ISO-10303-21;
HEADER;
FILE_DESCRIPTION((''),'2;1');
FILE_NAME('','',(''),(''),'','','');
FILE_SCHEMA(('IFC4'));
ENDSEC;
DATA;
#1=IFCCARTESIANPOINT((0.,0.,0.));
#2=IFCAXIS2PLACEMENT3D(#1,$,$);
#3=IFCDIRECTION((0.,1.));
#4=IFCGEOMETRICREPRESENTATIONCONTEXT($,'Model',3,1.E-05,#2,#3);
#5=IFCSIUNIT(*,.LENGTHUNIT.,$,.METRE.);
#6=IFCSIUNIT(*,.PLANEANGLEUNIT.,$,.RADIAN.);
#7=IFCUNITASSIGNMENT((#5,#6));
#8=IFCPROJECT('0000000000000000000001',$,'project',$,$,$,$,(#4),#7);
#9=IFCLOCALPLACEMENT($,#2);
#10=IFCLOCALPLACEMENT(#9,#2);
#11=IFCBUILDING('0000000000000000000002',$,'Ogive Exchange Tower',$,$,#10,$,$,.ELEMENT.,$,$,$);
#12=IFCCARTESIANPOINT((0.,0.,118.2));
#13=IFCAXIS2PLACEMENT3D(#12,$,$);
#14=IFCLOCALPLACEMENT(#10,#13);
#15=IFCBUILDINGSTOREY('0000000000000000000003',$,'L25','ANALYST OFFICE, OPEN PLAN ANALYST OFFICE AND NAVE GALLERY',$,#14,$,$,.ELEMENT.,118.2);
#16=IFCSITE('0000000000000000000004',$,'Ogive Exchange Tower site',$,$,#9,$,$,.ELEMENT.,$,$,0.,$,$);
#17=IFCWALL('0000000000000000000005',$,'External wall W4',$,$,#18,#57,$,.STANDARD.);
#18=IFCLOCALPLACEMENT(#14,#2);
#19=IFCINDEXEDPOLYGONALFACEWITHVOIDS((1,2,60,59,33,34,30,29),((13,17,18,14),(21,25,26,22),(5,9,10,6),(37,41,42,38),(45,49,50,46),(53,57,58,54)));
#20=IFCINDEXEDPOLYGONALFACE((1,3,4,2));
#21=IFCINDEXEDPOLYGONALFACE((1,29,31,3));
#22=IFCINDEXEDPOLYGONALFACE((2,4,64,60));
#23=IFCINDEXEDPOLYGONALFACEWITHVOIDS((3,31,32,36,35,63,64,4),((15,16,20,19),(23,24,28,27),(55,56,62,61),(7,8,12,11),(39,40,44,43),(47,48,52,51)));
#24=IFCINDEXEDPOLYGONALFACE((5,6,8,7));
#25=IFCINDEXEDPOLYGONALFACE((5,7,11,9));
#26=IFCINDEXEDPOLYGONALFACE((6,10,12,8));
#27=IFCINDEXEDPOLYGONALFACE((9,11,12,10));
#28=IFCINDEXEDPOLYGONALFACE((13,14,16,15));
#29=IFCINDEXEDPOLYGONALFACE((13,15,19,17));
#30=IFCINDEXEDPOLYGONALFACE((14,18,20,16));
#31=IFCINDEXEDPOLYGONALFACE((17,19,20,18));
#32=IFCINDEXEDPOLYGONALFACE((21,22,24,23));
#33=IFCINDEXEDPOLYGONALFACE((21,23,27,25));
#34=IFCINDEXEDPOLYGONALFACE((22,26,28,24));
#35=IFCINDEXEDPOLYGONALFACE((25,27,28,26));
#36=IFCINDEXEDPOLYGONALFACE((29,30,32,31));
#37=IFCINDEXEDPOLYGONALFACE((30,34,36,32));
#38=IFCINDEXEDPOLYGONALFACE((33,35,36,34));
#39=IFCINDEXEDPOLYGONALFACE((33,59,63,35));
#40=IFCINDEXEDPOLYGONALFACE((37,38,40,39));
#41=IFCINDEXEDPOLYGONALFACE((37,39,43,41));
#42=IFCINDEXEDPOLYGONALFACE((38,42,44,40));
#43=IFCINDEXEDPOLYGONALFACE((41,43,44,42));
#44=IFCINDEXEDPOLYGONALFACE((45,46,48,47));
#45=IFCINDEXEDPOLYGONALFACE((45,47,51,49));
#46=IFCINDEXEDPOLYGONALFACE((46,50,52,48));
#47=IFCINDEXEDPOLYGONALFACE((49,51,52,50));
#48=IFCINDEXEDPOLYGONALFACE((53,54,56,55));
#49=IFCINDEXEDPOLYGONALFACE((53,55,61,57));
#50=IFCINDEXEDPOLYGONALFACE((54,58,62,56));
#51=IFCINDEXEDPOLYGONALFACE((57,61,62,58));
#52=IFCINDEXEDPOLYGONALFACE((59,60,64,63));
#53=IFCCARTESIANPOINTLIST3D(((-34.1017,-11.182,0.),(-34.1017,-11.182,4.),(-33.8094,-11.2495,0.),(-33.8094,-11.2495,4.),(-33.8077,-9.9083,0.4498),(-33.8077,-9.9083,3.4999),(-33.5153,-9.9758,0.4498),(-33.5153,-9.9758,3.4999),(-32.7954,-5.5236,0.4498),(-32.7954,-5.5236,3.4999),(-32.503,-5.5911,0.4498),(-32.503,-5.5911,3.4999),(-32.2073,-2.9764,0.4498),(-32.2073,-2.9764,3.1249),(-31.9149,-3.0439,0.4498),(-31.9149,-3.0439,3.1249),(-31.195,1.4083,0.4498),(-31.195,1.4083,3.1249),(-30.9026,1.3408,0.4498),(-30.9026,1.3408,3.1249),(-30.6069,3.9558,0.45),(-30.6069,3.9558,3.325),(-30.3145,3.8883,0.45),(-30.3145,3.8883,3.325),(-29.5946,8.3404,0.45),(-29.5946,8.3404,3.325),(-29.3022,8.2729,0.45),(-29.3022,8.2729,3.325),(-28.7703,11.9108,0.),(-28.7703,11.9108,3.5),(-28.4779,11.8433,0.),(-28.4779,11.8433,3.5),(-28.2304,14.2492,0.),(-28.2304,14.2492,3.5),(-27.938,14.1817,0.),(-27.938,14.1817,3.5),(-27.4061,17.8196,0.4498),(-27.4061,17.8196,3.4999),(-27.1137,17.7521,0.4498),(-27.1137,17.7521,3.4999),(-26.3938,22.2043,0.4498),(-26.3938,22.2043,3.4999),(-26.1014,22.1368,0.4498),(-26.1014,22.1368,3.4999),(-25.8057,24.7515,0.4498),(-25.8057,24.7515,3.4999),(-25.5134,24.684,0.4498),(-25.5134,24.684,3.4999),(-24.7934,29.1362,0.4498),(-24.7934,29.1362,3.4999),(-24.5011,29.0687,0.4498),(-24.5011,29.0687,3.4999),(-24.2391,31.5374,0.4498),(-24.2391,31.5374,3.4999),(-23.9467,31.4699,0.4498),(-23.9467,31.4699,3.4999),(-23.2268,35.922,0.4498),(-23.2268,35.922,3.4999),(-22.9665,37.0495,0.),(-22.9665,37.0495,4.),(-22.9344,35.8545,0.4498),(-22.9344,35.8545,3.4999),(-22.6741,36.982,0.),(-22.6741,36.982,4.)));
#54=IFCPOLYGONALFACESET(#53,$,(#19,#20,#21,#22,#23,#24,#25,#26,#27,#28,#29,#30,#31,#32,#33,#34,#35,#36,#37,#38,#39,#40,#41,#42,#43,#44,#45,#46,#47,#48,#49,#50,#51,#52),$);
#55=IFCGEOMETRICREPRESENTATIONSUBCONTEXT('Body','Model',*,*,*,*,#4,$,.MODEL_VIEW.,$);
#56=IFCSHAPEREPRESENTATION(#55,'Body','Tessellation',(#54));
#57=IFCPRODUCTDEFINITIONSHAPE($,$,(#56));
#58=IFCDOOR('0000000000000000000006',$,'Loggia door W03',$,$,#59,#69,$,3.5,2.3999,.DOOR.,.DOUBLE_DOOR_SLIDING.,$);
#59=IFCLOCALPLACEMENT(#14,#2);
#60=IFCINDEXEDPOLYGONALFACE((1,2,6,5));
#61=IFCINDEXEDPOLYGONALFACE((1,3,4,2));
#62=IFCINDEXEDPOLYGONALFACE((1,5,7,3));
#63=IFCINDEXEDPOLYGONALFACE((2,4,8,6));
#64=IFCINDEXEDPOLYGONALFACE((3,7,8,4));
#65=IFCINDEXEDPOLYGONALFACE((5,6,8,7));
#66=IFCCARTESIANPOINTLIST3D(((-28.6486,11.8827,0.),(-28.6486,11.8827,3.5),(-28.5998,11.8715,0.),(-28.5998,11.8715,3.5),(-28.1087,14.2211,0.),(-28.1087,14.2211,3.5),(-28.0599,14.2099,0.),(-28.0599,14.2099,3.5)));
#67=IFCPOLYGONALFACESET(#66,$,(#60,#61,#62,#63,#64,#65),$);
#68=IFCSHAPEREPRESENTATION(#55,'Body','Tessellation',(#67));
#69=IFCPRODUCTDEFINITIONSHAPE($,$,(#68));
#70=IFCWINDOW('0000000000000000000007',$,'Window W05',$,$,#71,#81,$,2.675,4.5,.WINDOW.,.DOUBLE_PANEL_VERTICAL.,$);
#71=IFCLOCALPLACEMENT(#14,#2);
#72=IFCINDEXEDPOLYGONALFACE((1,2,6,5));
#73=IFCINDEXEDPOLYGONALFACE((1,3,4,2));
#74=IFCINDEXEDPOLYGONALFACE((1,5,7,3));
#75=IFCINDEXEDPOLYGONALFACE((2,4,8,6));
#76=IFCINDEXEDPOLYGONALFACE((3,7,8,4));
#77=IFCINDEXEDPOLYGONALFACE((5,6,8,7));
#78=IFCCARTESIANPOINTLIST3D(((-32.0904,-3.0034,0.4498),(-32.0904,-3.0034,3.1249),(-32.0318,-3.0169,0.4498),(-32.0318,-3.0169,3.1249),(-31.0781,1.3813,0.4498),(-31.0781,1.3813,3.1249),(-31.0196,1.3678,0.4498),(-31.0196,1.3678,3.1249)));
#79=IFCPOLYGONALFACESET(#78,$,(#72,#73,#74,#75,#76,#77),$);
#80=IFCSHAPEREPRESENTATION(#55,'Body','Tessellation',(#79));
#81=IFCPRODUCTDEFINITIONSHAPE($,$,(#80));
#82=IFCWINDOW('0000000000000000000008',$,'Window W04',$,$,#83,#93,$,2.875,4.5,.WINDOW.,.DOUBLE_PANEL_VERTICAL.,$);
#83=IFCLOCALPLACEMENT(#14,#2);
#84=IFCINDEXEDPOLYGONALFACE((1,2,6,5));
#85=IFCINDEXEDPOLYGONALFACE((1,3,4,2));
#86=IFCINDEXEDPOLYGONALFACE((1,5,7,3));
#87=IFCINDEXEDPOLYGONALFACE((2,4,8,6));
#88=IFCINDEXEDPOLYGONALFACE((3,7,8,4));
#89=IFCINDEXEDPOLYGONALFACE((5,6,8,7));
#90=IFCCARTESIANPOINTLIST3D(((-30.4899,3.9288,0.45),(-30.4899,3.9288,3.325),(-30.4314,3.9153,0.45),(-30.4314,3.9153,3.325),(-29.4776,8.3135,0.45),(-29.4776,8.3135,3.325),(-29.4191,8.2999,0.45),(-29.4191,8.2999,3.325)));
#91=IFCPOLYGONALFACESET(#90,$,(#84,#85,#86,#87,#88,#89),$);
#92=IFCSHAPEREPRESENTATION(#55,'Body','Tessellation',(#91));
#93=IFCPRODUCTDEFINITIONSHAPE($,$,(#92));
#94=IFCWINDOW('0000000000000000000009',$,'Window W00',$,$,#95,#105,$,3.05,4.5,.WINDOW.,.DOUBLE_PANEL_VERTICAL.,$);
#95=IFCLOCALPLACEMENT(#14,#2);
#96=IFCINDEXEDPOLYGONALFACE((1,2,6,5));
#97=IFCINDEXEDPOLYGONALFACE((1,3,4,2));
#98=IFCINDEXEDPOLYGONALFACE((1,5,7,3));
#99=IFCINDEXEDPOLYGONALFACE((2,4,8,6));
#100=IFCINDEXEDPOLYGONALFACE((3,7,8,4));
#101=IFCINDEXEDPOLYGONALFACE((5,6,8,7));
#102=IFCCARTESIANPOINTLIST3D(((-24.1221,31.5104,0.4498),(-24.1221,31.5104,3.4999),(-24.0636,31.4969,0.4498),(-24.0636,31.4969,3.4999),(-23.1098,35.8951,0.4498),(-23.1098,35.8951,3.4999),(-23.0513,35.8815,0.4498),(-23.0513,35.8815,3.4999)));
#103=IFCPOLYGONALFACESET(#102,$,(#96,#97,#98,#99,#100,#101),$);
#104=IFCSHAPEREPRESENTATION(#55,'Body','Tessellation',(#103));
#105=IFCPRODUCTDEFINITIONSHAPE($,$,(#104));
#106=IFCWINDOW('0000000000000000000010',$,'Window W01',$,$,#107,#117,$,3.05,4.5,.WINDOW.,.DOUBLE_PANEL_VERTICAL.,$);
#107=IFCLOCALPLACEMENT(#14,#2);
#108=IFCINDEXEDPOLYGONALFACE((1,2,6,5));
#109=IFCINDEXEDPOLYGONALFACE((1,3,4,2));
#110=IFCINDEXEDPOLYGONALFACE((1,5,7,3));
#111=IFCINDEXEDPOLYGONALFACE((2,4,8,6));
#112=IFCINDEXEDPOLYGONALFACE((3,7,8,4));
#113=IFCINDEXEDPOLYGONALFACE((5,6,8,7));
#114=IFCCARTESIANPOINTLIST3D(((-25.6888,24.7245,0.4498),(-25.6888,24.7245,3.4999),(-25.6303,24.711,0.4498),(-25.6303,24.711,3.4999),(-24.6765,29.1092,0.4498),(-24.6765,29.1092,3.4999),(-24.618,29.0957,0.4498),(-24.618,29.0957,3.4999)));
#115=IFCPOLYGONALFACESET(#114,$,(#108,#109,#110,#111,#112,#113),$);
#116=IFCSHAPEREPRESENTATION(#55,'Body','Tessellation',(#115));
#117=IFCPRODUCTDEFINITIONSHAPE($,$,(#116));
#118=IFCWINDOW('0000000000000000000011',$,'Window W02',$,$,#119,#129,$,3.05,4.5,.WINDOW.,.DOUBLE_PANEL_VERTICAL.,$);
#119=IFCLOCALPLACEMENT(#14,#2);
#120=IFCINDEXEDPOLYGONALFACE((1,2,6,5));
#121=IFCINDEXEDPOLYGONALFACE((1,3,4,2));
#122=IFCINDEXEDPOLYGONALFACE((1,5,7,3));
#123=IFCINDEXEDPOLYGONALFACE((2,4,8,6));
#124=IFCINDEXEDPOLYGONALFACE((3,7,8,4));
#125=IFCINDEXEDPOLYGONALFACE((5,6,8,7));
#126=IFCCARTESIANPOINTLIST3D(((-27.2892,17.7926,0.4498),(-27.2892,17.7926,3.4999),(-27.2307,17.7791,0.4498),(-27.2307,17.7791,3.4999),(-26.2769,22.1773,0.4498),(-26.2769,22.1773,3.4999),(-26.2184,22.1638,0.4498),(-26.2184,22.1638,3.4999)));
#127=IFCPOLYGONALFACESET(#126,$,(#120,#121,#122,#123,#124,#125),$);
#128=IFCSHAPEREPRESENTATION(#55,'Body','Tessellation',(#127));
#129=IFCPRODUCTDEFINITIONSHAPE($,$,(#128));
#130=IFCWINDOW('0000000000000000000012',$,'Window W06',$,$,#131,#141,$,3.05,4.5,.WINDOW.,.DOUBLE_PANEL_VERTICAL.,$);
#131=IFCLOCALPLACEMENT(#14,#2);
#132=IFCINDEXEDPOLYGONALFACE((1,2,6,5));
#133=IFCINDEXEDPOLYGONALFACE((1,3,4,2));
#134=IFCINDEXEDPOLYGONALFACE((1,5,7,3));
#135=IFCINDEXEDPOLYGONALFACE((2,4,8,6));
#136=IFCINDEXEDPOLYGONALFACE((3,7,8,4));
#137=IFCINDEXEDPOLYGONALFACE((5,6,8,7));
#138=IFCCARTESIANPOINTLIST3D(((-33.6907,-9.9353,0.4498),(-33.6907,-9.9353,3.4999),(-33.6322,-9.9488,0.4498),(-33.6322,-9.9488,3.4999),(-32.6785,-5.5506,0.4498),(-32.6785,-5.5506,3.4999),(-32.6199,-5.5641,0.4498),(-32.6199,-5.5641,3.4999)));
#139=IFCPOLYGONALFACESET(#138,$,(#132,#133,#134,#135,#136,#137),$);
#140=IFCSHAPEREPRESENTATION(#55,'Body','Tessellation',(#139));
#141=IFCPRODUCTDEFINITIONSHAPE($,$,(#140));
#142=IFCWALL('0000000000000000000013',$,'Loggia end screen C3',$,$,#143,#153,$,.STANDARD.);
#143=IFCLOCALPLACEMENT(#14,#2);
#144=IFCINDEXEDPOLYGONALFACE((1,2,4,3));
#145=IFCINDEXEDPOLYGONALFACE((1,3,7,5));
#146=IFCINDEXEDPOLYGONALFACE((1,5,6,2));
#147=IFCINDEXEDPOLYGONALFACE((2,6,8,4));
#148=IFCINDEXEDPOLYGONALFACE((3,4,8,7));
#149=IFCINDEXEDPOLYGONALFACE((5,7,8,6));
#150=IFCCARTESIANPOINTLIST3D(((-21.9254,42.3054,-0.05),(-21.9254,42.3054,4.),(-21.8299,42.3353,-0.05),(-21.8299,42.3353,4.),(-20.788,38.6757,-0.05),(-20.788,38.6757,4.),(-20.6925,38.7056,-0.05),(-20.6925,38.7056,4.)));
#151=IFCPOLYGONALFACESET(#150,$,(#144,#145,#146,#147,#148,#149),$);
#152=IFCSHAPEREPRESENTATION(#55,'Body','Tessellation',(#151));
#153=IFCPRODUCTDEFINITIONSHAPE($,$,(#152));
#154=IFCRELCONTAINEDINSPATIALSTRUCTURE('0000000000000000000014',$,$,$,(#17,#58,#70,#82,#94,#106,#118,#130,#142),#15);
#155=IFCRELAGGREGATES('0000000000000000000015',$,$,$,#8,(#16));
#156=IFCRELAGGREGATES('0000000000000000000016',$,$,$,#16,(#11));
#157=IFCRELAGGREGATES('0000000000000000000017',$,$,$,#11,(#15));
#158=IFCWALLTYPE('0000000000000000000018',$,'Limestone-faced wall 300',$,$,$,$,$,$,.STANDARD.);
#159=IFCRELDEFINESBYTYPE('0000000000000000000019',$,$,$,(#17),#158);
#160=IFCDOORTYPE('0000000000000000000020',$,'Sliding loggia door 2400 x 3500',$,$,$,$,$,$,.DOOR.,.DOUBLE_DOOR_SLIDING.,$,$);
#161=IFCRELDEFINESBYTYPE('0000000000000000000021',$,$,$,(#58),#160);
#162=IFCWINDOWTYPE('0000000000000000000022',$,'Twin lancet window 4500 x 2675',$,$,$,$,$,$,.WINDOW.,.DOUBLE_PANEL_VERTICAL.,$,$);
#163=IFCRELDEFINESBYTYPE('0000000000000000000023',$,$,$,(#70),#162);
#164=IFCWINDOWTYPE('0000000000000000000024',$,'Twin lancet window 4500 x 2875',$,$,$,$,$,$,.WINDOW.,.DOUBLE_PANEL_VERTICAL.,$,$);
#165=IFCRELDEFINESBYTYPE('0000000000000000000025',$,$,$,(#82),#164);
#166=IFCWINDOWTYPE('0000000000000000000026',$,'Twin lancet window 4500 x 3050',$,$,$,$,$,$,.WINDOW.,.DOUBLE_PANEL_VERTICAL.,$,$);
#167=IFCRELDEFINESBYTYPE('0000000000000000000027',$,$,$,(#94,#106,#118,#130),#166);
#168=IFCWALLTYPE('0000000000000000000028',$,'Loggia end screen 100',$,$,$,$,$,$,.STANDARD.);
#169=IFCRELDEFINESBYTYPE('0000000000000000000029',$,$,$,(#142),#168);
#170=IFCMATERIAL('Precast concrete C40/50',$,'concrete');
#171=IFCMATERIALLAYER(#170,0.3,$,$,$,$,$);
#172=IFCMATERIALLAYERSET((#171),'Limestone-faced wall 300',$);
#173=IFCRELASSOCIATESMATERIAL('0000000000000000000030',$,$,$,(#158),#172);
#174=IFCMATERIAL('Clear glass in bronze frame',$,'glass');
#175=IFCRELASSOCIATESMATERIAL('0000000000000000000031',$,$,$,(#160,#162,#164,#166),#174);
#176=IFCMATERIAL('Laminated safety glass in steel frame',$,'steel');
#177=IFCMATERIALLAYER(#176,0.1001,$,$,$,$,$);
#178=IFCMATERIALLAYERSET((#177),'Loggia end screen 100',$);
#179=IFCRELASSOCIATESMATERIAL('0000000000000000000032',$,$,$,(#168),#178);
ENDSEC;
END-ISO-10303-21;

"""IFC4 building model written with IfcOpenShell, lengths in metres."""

from ifc_helpers import new_model, si_unit, direction, frame, frame_2d, origin, place, context, subcontext, project, spatial, rectangle, extrude, material, layer, layer_set, type_object, element, fill, save


model = new_model("IFC4")

# Units and contexts
model_context = context("Model", 3, precision=1e-05, world=origin(), true_north=direction((0.0, 1.0)))
body_context = subcontext(model_context, "Body", "Model", "MODEL_VIEW")
ifc_project = project(units=[si_unit("LENGTHUNIT", "METRE"), si_unit("PLANEANGLEUNIT", "RADIAN")], contexts=[model_context])

# Site, building, storey
site_placement = place(None, origin())
site = spatial("IfcSite", under=ifc_project, at=site_placement, Name="Ogive Exchange Tower site", CompositionType="ELEMENT", RefElevation=0.0)
building_placement = place(site_placement, origin())
building = spatial("IfcBuilding", under=site, at=building_placement, Name="Ogive Exchange Tower", CompositionType="ELEMENT")
storey_placement = place(building_placement, frame((0.0, 0.0, 118.2)))
storey = spatial("IfcBuildingStorey", under=building, at=storey_placement, Name="L25", Description="ANALYST OFFICE, OPEN PLAN ANALYST OFFICE AND NAVE GALLERY", CompositionType="ELEMENT", Elevation=118.2)

# Wall, openings, door, windows
ifc_material_1 = material(Name="Precast concrete C40/50", Category="concrete")
ifc_layer_1 = layer(ifc_material_1, 0.3)
ifc_layer_set_1 = layer_set([ifc_layer_1], Name="Limestone-faced wall 300")
wall_type_1 = type_object("IfcWallType", Name="Limestone-faced wall 300", PredefinedType="STANDARD", material=ifc_layer_set_1)
wall_1_placement = place(storey_placement, frame((-22.8203, 37.0156, 0.0), z_axis=(0.0, 0.0, 1.0), x_axis=(-0.224954, -0.974369, 0.0)))
wall_1 = element("IfcWall", 1, at=wall_1_placement, inside=storey, type_object=wall_type_1, Name="External wall W4", PredefinedType="STANDARD", context=body_context, shape_type="SweptSolid", body=[
    extrude(rectangle(XDim=49.5002, YDim=0.3, at=frame_2d((24.75, 0.0))), origin(), (0.0, 0.0, 1.0), 4.0),
])
opening_1_placement = place(wall_1_placement, frame((1.157, 0.0, 0.45)))
opening_1 = element("IfcOpeningElement", 2, at=opening_1_placement, cuts=wall_1, PredefinedType="OPENING", context=body_context, shape_type="SweptSolid", body=[
    extrude(rectangle(XDim=4.5, YDim=3.05, at=frame_2d((2.25, 1.5249))), frame((0.0, 0.1599, 0.0), z_axis=(0.0, -1.0, 0.0), x_axis=(1.0, 0.0, 0.0)), (0.0, 0.0, 1.0), 0.3201),
])
opening_2_placement = place(wall_1_placement, frame((8.1213, 0.0, 0.45)))
opening_2 = element("IfcOpeningElement", 3, at=opening_2_placement, cuts=wall_1, PredefinedType="OPENING", context=body_context, shape_type="SweptSolid", body=[
    extrude(rectangle(XDim=4.5, YDim=3.05, at=frame_2d((2.25, 1.5249))), frame((0.0, 0.1599, 0.0), z_axis=(0.0, -1.0, 0.0), x_axis=(1.0, 0.0, 0.0)), (0.0, 0.0, 1.0), 0.3201),
])
opening_3_placement = place(wall_1_placement, frame((15.2356, 0.0, 0.45)))
opening_3 = element("IfcOpeningElement", 4, at=opening_3_placement, cuts=wall_1, PredefinedType="OPENING", context=body_context, shape_type="SweptSolid", body=[
    extrude(rectangle(XDim=4.5, YDim=3.05, at=frame_2d((2.25, 1.5249))), frame((0.0, 0.1599, 0.0), z_axis=(0.0, -1.0, 0.0), x_axis=(1.0, 0.0, 0.0)), (0.0, 0.0, 1.0), 0.3201),
])
opening_4_placement = place(wall_1_placement, frame((23.3999, 0.0, 0.0)))
opening_4 = element("IfcOpeningElement", 5, at=opening_4_placement, cuts=wall_1, PredefinedType="OPENING", context=body_context, shape_type="SweptSolid", body=[
    extrude(rectangle(XDim=2.3999, YDim=3.5, at=frame_2d((1.2, 1.75))), frame((0.0, 0.1599, 0.0), z_axis=(0.0, -1.0, 0.0), x_axis=(1.0, 0.0, 0.0)), (0.0, 0.0, 1.0), 0.3201),
])
opening_5_placement = place(wall_1_placement, frame((29.4641, 0.0, 0.45)))
opening_5 = element("IfcOpeningElement", 6, at=opening_5_placement, cuts=wall_1, PredefinedType="OPENING", context=body_context, shape_type="SweptSolid", body=[
    extrude(rectangle(XDim=4.5, YDim=2.875, at=frame_2d((2.25, 1.4375))), frame((0.0, 0.1599, 0.0), z_axis=(0.0, -1.0, 0.0), x_axis=(1.0, 0.0, 0.0)), (0.0, 0.0, 1.0), 0.3201),
])
opening_6_placement = place(wall_1_placement, frame((36.5786, 0.0, 0.45)))
opening_6 = element("IfcOpeningElement", 7, at=opening_6_placement, cuts=wall_1, PredefinedType="OPENING", context=body_context, shape_type="SweptSolid", body=[
    extrude(rectangle(XDim=4.5, YDim=2.675, at=frame_2d((2.25, 1.3374))), frame((0.0, 0.1599, 0.0), z_axis=(0.0, -1.0, 0.0), x_axis=(1.0, 0.0, 0.0)), (0.0, 0.0, 1.0), 0.3201),
])
opening_7_placement = place(wall_1_placement, frame((43.6929, 0.0, 0.45)))
opening_7 = element("IfcOpeningElement", 8, at=opening_7_placement, cuts=wall_1, PredefinedType="OPENING", context=body_context, shape_type="SweptSolid", body=[
    extrude(rectangle(XDim=4.5, YDim=3.05, at=frame_2d((2.25, 1.5249))), frame((0.0, 0.1599, 0.0), z_axis=(0.0, -1.0, 0.0), x_axis=(1.0, 0.0, 0.0)), (0.0, 0.0, 1.0), 0.3201),
])
ifc_material_2 = material(Name="Clear glass in bronze frame", Category="glass")
door_type_1 = type_object("IfcDoorType", Name="Sliding loggia door 2400 x 3500", OperationType="DOUBLE_DOOR_SLIDING", PredefinedType="DOOR", material=ifc_material_2)
door_1_placement = place(opening_4_placement, origin())
door_1 = element("IfcDoor", 9, at=door_1_placement, inside=storey, type_object=door_type_1, Name="Loggia door W03", OperationType="DOUBLE_DOOR_SLIDING", OverallHeight=3.5, OverallWidth=2.3999, PredefinedType="DOOR", context=body_context, shape_type="SweptSolid", body=[
    extrude(rectangle(XDim=2.3999, YDim=3.5, at=frame_2d((1.2, 1.75))), frame((0.0, 0.0249, 0.0), z_axis=(0.0, -1.0, 0.0), x_axis=(1.0, 0.0, 0.0)), (0.0, 0.0, 1.0), 0.05),
])
fill(opening_4, door_1)
window_type_1 = type_object("IfcWindowType", Name="Twin lancet window 4500 x 2675", PartitioningType="DOUBLE_PANEL_VERTICAL", PredefinedType="WINDOW", material=ifc_material_2)
window_1_placement = place(opening_6_placement, origin())
window_1 = element("IfcWindow", 10, at=window_1_placement, inside=storey, type_object=window_type_1, Name="Window W05", OverallHeight=2.675, OverallWidth=4.5, PartitioningType="DOUBLE_PANEL_VERTICAL", PredefinedType="WINDOW", context=body_context, shape_type="SweptSolid", body=[
    extrude(rectangle(XDim=4.5, YDim=2.675, at=frame_2d((2.25, 1.3374))), frame((0.0, 0.03, 0.0), z_axis=(0.0, -1.0, 0.0), x_axis=(1.0, 0.0, 0.0)), (0.0, 0.0, 1.0), 0.0601),
])
fill(opening_6, window_1)
window_type_2 = type_object("IfcWindowType", Name="Twin lancet window 4500 x 2875", PartitioningType="DOUBLE_PANEL_VERTICAL", PredefinedType="WINDOW", material=ifc_material_2)
window_2_placement = place(opening_5_placement, origin())
window_2 = element("IfcWindow", 11, at=window_2_placement, inside=storey, type_object=window_type_2, Name="Window W04", OverallHeight=2.875, OverallWidth=4.5, PartitioningType="DOUBLE_PANEL_VERTICAL", PredefinedType="WINDOW", context=body_context, shape_type="SweptSolid", body=[
    extrude(rectangle(XDim=4.5, YDim=2.875, at=frame_2d((2.25, 1.4375))), frame((0.0, 0.03, 0.0), z_axis=(0.0, -1.0, 0.0), x_axis=(1.0, 0.0, 0.0)), (0.0, 0.0, 1.0), 0.0601),
])
fill(opening_5, window_2)
window_type_3 = type_object("IfcWindowType", Name="Twin lancet window 4500 x 3050", PartitioningType="DOUBLE_PANEL_VERTICAL", PredefinedType="WINDOW", material=ifc_material_2)
window_3_placement = place(opening_1_placement, origin())
window_3 = element("IfcWindow", 12, at=window_3_placement, inside=storey, type_object=window_type_3, Name="Window W00", OverallHeight=3.05, OverallWidth=4.5, PartitioningType="DOUBLE_PANEL_VERTICAL", PredefinedType="WINDOW", context=body_context, shape_type="SweptSolid", body=[
    extrude(rectangle(XDim=4.5, YDim=3.05, at=frame_2d((2.25, 1.5249))), frame((0.0, 0.03, 0.0), z_axis=(0.0, -1.0, 0.0), x_axis=(1.0, 0.0, 0.0)), (0.0, 0.0, 1.0), 0.0601),
])
fill(opening_1, window_3)
window_4_placement = place(opening_2_placement, origin())
window_4 = element("IfcWindow", 13, at=window_4_placement, inside=storey, type_object=window_type_3, Name="Window W01", OverallHeight=3.05, OverallWidth=4.5, PartitioningType="DOUBLE_PANEL_VERTICAL", PredefinedType="WINDOW", context=body_context, shape_type="SweptSolid", body=[
    extrude(rectangle(XDim=4.5, YDim=3.05, at=frame_2d((2.25, 1.5249))), frame((0.0, 0.03, 0.0), z_axis=(0.0, -1.0, 0.0), x_axis=(1.0, 0.0, 0.0)), (0.0, 0.0, 1.0), 0.0601),
])
fill(opening_2, window_4)
window_5_placement = place(opening_3_placement, origin())
window_5 = element("IfcWindow", 14, at=window_5_placement, inside=storey, type_object=window_type_3, Name="Window W02", OverallHeight=3.05, OverallWidth=4.5, PartitioningType="DOUBLE_PANEL_VERTICAL", PredefinedType="WINDOW", context=body_context, shape_type="SweptSolid", body=[
    extrude(rectangle(XDim=4.5, YDim=3.05, at=frame_2d((2.25, 1.5249))), frame((0.0, 0.03, 0.0), z_axis=(0.0, -1.0, 0.0), x_axis=(1.0, 0.0, 0.0)), (0.0, 0.0, 1.0), 0.0601),
])
fill(opening_3, window_5)
window_6_placement = place(opening_7_placement, origin())
window_6 = element("IfcWindow", 15, at=window_6_placement, inside=storey, type_object=window_type_3, Name="Window W06", OverallHeight=3.05, OverallWidth=4.5, PartitioningType="DOUBLE_PANEL_VERTICAL", PredefinedType="WINDOW", context=body_context, shape_type="SweptSolid", body=[
    extrude(rectangle(XDim=4.5, YDim=3.05, at=frame_2d((2.25, 1.5249))), frame((0.0, 0.03, 0.0), z_axis=(0.0, -1.0, 0.0), x_axis=(1.0, 0.0, 0.0)), (0.0, 0.0, 1.0), 0.0601),
])
fill(opening_7, window_6)

# Wall
ifc_material_3 = material(Name="Laminated safety glass in steel frame", Category="steel")
ifc_layer_2 = layer(ifc_material_3, 0.1001)
ifc_layer_set_2 = layer_set([ifc_layer_2], Name="Loggia end screen 100")
wall_type_2 = type_object("IfcWallType", Name="Loggia end screen 100", PredefinedType="STANDARD", material=ifc_layer_set_2)
wall_2_placement = place(storey_placement, frame((-20.7402, 38.6907, -0.05), z_axis=(0.0, 0.0, 1.0), x_axis=(-0.299039, 0.954241, 0.0)))
element("IfcWall", 16, at=wall_2_placement, inside=storey, type_object=wall_type_2, Name="Loggia end screen C3", PredefinedType="STANDARD", context=body_context, shape_type="SweptSolid", body=[
    extrude(rectangle(XDim=3.8037, YDim=0.1001, at=frame_2d((1.9019, 0.0))), origin(), (0.0, 0.0, 1.0), 4.05),
])

save(model, "model.ifc")
